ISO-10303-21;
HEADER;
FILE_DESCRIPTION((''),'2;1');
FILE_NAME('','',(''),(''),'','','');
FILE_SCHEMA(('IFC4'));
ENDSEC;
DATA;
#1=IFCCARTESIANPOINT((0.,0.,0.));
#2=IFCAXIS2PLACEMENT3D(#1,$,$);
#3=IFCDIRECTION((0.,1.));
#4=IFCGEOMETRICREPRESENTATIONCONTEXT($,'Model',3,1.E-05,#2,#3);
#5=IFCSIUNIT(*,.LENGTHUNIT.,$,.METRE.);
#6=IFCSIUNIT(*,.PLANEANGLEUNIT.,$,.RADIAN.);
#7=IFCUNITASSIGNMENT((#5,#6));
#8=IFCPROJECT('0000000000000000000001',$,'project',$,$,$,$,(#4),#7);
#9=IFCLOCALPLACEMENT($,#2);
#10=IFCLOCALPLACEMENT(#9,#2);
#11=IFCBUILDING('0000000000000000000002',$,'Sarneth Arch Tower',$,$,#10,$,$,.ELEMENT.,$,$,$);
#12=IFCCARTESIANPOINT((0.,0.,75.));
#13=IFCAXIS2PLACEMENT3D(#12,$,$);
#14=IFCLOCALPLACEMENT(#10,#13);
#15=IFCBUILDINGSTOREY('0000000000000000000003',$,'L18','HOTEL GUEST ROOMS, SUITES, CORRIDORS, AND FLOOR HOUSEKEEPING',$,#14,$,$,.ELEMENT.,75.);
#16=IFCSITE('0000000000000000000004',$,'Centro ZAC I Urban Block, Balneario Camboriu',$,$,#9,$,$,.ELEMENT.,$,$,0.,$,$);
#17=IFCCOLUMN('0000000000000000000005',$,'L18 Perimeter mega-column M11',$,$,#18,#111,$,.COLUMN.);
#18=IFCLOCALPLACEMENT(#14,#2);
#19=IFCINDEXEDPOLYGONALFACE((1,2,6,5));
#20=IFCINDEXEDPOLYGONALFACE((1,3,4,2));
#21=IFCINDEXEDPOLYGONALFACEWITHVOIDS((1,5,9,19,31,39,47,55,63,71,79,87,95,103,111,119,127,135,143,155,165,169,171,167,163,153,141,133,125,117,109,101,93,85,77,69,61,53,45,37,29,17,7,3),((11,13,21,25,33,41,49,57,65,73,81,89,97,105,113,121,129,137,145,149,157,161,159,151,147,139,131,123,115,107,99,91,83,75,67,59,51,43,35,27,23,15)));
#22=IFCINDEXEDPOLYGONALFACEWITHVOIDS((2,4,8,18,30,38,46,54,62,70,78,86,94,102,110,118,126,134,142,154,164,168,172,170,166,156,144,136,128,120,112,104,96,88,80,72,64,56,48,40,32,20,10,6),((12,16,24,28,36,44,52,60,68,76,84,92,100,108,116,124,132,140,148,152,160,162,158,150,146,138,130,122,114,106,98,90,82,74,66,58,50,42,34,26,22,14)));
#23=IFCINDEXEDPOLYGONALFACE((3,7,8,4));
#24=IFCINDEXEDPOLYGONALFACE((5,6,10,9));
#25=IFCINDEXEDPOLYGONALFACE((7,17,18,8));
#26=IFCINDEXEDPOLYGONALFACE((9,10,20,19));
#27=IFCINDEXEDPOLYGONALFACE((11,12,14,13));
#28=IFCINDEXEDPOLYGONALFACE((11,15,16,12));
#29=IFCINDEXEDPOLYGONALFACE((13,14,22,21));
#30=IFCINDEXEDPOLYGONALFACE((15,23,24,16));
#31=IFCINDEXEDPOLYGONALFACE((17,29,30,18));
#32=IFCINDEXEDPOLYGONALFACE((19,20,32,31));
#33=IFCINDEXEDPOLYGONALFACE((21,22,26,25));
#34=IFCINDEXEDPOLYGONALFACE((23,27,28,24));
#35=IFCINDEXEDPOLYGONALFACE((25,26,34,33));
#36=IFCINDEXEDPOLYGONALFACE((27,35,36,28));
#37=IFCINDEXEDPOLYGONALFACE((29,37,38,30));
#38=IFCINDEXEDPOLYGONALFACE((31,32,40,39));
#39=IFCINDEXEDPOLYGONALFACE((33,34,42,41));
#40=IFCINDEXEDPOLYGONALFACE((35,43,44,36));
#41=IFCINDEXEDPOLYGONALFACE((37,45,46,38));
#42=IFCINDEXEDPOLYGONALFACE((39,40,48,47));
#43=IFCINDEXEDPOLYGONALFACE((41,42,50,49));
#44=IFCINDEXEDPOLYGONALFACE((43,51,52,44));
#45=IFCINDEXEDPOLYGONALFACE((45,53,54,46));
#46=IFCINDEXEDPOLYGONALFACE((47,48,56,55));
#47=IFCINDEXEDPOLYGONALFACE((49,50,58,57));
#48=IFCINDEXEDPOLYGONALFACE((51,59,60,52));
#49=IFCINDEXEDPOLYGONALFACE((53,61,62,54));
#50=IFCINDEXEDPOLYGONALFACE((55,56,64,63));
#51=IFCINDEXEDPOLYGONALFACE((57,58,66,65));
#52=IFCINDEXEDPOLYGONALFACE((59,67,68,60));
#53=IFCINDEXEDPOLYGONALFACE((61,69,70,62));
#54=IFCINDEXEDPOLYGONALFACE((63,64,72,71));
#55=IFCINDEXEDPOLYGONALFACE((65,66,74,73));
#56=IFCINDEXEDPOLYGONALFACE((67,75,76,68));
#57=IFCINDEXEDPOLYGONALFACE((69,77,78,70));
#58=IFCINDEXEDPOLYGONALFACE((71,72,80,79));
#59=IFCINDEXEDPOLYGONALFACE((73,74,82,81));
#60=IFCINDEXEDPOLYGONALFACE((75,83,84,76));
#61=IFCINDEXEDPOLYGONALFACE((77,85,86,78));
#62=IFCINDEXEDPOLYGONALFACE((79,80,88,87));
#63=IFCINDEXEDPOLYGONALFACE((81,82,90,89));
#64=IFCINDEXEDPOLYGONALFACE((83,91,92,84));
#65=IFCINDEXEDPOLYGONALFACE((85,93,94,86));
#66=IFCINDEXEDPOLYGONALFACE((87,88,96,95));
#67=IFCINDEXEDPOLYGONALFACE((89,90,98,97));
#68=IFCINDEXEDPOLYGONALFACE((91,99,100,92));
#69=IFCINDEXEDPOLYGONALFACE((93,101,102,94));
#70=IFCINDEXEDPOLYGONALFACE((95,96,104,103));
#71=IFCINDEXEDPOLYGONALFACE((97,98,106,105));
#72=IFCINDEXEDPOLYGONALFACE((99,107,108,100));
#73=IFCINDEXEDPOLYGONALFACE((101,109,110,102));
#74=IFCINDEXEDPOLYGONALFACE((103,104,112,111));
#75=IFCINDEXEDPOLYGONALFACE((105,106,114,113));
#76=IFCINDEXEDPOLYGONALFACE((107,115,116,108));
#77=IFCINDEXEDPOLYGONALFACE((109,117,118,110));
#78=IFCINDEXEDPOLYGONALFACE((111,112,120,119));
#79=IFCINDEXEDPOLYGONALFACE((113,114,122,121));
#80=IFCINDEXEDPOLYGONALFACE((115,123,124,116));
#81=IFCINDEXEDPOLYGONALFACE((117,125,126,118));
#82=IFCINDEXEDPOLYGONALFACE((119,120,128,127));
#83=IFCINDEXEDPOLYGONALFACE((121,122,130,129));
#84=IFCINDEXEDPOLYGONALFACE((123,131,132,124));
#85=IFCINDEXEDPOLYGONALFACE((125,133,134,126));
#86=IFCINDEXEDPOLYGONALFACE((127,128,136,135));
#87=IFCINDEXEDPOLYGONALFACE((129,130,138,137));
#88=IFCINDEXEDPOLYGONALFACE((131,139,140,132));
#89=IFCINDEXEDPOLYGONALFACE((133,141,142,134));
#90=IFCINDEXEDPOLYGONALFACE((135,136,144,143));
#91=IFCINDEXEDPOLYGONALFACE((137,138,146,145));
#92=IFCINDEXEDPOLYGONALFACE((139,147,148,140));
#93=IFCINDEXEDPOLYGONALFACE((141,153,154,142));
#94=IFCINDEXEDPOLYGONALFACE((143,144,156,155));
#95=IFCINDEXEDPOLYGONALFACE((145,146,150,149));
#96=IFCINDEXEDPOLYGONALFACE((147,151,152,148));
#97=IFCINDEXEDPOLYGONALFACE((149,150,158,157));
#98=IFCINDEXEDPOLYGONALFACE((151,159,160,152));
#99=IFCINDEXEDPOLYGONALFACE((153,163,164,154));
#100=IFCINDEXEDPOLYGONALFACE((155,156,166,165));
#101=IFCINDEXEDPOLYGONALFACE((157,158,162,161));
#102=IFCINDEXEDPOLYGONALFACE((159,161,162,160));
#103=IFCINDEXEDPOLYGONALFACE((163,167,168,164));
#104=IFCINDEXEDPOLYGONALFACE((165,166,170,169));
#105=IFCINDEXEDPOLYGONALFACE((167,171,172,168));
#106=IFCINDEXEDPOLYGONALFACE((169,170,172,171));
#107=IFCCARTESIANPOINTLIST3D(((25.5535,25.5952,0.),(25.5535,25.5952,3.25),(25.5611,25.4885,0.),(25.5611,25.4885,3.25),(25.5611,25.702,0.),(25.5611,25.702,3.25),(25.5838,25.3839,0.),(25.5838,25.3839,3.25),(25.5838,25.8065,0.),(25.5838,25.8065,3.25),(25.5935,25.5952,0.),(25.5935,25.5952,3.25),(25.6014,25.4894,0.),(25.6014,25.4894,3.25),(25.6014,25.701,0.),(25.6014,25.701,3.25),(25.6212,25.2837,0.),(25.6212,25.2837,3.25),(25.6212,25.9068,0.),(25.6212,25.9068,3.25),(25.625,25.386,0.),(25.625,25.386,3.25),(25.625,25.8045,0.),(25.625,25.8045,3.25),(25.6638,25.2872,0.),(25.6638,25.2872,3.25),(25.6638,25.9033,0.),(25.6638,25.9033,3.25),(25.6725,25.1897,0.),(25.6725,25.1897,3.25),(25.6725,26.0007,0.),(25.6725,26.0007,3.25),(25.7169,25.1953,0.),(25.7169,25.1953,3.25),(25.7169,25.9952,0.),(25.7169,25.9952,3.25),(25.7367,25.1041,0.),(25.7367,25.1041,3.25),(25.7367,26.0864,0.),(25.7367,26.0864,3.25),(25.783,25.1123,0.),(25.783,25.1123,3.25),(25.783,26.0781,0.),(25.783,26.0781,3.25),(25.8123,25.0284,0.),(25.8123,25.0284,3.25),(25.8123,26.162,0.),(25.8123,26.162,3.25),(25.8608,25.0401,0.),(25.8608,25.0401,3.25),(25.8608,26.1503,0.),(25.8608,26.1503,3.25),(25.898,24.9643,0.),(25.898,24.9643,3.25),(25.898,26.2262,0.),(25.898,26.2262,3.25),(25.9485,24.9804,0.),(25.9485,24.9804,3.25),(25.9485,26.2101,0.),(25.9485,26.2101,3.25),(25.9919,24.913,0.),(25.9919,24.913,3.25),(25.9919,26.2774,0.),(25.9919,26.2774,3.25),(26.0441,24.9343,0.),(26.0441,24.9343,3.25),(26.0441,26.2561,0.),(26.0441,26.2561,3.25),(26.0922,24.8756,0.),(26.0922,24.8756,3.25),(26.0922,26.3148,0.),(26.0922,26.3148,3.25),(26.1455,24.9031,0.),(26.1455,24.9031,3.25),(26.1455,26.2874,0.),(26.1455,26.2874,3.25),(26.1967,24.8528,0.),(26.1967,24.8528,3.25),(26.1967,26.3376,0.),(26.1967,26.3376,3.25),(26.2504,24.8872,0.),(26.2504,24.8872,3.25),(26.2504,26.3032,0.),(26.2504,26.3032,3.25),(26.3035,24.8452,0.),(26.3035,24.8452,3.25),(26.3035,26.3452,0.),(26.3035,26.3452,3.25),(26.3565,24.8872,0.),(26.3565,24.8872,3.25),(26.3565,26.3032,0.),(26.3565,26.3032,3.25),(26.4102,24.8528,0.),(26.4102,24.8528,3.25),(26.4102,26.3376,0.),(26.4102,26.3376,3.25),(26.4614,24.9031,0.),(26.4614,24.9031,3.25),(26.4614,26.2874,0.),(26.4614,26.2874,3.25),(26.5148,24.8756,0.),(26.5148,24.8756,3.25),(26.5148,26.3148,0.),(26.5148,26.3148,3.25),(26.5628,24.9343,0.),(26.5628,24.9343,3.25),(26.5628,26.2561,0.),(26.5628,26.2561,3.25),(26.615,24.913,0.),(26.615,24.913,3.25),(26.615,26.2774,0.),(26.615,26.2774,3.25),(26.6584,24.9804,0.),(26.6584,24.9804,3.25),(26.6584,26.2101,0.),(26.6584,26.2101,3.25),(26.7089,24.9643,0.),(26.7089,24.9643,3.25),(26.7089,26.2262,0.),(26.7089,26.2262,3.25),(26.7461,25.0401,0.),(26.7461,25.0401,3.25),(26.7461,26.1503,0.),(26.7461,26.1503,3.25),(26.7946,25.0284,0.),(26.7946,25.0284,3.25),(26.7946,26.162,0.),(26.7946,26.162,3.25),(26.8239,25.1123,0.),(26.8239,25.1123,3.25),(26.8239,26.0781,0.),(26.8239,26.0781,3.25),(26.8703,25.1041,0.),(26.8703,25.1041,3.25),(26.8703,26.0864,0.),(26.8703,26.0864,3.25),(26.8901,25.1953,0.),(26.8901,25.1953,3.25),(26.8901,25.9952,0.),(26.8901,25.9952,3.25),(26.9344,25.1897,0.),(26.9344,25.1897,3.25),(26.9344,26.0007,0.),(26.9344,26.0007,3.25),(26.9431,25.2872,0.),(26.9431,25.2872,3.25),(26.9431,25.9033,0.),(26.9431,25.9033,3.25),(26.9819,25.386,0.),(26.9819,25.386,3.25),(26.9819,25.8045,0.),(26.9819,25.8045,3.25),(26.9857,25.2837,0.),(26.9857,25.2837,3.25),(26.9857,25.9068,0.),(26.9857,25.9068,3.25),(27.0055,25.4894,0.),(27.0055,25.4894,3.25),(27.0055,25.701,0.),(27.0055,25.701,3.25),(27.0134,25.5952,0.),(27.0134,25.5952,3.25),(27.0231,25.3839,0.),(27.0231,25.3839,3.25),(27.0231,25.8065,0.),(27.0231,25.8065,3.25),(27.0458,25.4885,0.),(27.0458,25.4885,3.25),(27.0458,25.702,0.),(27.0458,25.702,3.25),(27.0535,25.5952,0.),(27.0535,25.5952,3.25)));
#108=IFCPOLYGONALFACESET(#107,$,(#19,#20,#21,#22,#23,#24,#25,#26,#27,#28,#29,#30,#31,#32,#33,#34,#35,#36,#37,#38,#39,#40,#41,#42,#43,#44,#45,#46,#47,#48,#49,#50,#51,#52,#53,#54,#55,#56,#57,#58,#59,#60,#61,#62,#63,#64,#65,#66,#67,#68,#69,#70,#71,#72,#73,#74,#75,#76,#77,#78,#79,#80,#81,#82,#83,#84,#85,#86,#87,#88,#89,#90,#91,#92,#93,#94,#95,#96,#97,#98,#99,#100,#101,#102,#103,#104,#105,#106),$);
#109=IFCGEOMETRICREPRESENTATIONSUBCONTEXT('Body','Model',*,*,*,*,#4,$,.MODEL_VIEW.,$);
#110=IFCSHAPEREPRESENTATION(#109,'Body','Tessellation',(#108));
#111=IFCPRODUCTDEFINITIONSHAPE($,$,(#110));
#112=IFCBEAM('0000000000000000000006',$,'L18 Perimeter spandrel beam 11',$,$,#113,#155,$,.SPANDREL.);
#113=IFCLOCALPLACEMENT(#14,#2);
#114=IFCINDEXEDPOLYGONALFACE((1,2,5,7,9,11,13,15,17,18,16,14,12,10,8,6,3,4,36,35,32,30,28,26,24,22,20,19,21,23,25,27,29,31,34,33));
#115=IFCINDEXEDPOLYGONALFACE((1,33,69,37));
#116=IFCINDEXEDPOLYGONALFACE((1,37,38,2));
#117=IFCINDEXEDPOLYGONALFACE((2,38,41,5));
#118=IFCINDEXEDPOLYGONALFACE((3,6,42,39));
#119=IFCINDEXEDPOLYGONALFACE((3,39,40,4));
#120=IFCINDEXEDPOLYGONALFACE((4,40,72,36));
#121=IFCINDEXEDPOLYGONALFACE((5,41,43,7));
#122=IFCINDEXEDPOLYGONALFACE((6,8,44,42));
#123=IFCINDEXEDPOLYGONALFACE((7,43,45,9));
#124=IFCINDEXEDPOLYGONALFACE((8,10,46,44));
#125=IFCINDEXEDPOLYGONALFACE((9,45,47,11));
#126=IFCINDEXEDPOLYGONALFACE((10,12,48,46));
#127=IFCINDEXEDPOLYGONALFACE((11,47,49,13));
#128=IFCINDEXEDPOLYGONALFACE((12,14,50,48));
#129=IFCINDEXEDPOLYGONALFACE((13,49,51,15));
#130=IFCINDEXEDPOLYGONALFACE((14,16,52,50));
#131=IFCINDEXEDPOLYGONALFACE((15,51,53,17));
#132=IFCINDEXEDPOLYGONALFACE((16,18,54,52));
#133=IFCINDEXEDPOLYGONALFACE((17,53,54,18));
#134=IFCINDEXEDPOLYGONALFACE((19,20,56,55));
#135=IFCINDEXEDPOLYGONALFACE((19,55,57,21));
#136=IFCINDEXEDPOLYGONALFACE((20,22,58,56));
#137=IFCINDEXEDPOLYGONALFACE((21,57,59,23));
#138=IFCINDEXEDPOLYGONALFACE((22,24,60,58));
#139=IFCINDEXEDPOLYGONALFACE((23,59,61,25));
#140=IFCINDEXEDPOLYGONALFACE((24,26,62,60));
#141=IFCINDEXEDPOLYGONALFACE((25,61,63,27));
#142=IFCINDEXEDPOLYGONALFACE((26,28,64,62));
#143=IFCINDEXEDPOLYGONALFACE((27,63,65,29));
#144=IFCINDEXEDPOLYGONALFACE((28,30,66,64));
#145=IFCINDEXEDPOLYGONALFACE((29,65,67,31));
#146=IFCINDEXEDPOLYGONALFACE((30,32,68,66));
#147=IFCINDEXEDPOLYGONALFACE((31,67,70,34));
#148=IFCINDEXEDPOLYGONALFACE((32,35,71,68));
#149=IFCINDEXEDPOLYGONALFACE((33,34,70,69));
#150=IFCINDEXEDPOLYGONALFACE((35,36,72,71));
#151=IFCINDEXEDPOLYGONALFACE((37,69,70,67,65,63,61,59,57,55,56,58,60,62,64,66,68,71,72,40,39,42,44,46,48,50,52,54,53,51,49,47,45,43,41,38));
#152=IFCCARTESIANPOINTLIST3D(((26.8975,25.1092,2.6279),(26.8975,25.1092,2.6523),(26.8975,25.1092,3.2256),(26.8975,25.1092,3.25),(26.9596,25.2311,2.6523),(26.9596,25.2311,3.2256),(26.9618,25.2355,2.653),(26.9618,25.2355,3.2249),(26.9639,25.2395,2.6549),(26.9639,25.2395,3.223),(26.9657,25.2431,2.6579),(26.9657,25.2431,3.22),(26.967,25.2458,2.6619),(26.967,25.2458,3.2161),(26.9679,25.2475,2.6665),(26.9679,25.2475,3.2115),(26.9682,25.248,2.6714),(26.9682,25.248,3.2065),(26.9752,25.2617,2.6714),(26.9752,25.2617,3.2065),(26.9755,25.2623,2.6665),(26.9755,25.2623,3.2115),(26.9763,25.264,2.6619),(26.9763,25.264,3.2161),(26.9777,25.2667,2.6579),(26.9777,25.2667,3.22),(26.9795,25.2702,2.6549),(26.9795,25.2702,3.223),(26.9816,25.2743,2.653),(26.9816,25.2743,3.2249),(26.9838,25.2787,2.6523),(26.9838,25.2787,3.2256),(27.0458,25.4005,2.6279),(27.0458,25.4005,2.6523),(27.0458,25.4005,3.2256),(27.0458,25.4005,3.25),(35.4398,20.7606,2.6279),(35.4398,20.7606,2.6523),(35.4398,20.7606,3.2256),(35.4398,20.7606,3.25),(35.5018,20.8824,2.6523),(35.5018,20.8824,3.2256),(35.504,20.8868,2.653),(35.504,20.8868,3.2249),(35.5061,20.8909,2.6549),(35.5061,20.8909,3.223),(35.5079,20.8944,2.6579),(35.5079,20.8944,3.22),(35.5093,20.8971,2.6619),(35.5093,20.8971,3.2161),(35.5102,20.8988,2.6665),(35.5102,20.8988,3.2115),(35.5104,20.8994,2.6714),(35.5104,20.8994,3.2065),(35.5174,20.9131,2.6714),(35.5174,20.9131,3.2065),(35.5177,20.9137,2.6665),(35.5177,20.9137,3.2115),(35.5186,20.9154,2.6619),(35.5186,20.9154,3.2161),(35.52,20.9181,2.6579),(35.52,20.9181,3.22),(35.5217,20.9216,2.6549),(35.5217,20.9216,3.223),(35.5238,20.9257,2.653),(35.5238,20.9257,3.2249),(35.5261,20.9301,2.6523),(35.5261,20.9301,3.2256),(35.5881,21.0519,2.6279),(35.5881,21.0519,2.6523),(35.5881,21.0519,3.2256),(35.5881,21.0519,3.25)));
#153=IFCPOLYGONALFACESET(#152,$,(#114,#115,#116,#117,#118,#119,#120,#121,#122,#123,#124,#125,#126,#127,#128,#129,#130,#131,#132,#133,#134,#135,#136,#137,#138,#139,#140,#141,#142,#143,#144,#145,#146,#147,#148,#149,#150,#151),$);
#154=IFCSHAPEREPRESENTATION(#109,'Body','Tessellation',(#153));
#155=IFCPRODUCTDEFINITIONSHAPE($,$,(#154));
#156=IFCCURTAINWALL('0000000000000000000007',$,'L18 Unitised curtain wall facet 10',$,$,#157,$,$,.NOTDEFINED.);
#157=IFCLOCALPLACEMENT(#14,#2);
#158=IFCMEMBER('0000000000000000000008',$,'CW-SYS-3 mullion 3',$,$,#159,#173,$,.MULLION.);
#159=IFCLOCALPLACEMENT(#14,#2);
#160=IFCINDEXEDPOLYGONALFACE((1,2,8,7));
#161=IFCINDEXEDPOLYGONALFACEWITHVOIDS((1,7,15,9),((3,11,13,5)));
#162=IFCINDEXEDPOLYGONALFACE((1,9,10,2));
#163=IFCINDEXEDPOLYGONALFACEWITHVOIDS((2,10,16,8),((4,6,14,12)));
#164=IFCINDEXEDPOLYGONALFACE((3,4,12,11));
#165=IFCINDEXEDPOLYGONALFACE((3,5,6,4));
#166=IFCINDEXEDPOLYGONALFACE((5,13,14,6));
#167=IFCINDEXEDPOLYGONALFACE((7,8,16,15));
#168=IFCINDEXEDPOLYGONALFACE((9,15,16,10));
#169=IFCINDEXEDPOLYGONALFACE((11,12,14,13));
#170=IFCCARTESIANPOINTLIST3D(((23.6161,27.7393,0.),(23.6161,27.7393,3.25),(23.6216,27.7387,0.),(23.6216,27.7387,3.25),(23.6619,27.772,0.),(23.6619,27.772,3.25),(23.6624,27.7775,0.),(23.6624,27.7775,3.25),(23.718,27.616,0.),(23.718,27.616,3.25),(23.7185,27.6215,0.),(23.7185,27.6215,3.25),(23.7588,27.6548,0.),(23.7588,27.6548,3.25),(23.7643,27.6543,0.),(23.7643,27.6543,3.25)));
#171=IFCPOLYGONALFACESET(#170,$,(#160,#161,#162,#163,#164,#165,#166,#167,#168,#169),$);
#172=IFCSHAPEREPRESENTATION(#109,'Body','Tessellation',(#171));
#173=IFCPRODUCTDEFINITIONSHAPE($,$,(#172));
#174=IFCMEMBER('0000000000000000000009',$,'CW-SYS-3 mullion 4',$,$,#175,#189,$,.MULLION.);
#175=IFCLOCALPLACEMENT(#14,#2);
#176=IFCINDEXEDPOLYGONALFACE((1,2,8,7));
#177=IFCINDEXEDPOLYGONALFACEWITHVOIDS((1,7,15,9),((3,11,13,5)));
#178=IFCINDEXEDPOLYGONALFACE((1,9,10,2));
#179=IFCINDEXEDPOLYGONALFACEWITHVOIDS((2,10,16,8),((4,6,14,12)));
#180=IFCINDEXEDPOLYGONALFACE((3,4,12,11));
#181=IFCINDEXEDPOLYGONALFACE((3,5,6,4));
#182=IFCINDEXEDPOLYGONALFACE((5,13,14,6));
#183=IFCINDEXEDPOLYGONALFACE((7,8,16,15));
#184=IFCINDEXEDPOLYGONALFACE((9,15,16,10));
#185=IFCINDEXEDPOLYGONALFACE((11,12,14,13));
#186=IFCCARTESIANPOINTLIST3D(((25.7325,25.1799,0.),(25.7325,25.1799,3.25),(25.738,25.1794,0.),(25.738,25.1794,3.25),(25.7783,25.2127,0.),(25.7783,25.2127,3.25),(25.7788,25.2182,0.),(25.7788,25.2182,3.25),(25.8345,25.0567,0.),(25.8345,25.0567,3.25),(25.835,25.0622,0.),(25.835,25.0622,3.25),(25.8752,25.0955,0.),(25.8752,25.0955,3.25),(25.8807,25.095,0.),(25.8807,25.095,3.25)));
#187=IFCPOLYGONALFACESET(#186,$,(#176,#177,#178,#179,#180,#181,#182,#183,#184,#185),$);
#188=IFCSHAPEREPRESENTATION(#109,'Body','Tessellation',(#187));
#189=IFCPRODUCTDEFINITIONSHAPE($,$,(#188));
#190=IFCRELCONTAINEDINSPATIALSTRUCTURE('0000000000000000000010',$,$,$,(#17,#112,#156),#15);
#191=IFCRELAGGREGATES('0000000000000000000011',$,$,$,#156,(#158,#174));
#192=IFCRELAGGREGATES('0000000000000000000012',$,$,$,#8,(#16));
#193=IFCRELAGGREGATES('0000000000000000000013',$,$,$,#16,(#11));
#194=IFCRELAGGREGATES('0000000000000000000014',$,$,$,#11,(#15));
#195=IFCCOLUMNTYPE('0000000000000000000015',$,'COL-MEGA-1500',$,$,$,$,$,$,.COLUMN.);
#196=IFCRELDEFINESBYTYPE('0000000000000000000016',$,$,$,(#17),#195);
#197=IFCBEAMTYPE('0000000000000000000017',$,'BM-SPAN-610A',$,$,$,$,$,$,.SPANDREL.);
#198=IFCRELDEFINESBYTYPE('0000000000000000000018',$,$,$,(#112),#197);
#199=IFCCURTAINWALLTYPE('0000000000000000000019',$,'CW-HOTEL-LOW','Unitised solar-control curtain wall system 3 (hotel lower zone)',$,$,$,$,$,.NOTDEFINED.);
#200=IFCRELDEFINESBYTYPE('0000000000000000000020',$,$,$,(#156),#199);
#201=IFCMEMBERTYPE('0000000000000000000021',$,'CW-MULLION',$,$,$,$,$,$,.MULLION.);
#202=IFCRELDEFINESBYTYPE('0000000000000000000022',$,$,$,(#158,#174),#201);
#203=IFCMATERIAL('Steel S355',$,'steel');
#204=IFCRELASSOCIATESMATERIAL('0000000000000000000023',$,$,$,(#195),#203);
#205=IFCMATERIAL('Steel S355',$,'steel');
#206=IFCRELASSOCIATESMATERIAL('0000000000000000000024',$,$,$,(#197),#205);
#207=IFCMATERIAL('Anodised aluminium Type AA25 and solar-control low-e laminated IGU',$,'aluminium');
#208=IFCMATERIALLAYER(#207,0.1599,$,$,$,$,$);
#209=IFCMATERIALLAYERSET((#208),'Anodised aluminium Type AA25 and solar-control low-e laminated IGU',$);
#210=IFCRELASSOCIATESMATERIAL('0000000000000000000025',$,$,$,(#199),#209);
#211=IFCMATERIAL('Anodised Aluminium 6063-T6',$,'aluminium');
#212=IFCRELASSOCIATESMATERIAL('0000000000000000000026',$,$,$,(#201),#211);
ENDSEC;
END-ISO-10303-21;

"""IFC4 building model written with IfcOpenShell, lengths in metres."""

from ifc_helpers import new_model, si_unit, direction, frame, origin, origin_2d, place, context, subcontext, project, spatial, hollow_rectangle, hollow_circle, i_section, extrude, material, layer, layer_set, material_profile, profile_set, type_object, element, aggregate, save


model = new_model("IFC4")

# Units and contexts
model_context = context("Model", 3, precision=1e-05, world=origin(), true_north=direction((0.0, 1.0)))
body_context = subcontext(model_context, "Body", "Model", "MODEL_VIEW")
ifc_project = project(units=[si_unit("LENGTHUNIT", "METRE"), si_unit("PLANEANGLEUNIT", "RADIAN")], contexts=[model_context])

# Site, building, storey
site_placement = place(None, origin())
site = spatial("IfcSite", under=ifc_project, at=site_placement, Name="Centro ZAC I Urban Block, Balneario Camboriu", CompositionType="ELEMENT", RefElevation=0.0)
building_placement = place(site_placement, origin())
building = spatial("IfcBuilding", under=site, at=building_placement, Name="Sarneth Arch Tower", CompositionType="ELEMENT")
storey_placement = place(building_placement, frame((0.0, 0.0, 75.0)))
storey = spatial("IfcBuildingStorey", under=building, at=storey_placement, Name="L18", Description="HOTEL GUEST ROOMS, SUITES, CORRIDORS, AND FLOOR HOUSEKEEPING", CompositionType="ELEMENT", Elevation=75.0)

# Column
ifc_material_1 = material(Name="Steel S355", Category="steel")
ifc_material_profile_1 = material_profile(ifc_material_1, hollow_circle(Radius=0.75, WallThickness=0.04, at=origin_2d()), Name="CHS1500x40")
ifc_profile_set_1 = profile_set([ifc_material_profile_1], Name="Steel S355")
column_type = type_object("IfcColumnType", Name="COL-MEGA-1500", PredefinedType="COLUMN", material=ifc_profile_set_1)
column_placement = place(storey_placement, frame((26.3035, 25.5952, 0.0), z_axis=(0.0, 0.0, 1.0), x_axis=(1.0, 0.0, 0.0)))
element("IfcColumn", 1, at=column_placement, inside=storey, type_object=column_type, Name="L18 Perimeter mega-column M11", PredefinedType="COLUMN", context=body_context, shape_type="SweptSolid", body=[
    extrude(hollow_circle(Radius=0.75, WallThickness=0.04, at=origin_2d()), origin(), (0.0, 0.0, 1.0), 3.25),
])

# Beam
ifc_material_2 = material(Name="Steel S355", Category="steel")
ifc_material_profile_2 = material_profile(ifc_material_2, i_section(OverallWidth=0.3269, OverallDepth=0.6221, WebThickness=0.0154, FlangeThickness=0.0244, FilletRadius=0.019, at=origin_2d()), Name="W610x195")
ifc_profile_set_2 = profile_set([ifc_material_profile_2], Name="Steel S355")
beam_type = type_object("IfcBeamType", Name="BM-SPAN-610A", PredefinedType="SPANDREL", material=ifc_profile_set_2)
beam_placement = place(storey_placement, frame((26.9717, 25.2549, 2.939), z_axis=(0.891169, -0.453671, 0.0), x_axis=(0.453671, 0.891169, 0.0)))
element("IfcBeam", 2, at=beam_placement, inside=storey, type_object=beam_type, Name="L18 Perimeter spandrel beam 11", PredefinedType="SPANDREL", context=body_context, shape_type="SweptSolid", body=[
    extrude(i_section(OverallWidth=0.3269, OverallDepth=0.6221, WebThickness=0.0154, FlangeThickness=0.0244, FilletRadius=0.019, at=origin_2d()), origin(), (0.0, 0.0, 1.0), 9.5854),
])

# Curtain wall, members
ifc_material_3 = material(Name="Anodised aluminium Type AA25 and solar-control low-e laminated IGU", Category="aluminium")
ifc_layer_1 = layer(ifc_material_3, 0.1599)
ifc_layer_set_1 = layer_set([ifc_layer_1], Name="Anodised aluminium Type AA25 and solar-control low-e laminated IGU")
curtain_wall_type = type_object("IfcCurtainWallType", Name="CW-HOTEL-LOW", Description="Unitised solar-control curtain wall system 3 (hotel lower zone)", PredefinedType="NOTDEFINED", material=ifc_layer_set_1)
curtain_wall_placement = place(storey_placement, origin())
curtain_wall = element("IfcCurtainWall", 3, at=curtain_wall_placement, inside=storey, type_object=curtain_wall_type, Name="L18 Unitised curtain wall facet 10", PredefinedType="NOTDEFINED")
ifc_material_4 = material(Name="Anodised Aluminium 6063-T6", Category="aluminium")
ifc_material_profile_3 = material_profile(ifc_material_4, hollow_rectangle(XDim=0.0601, YDim=0.1599, WallThickness=0.0039, at=origin_2d()), Name="AL-MULL-160x60x4")
ifc_profile_set_3 = profile_set([ifc_material_profile_3], Name="Anodised Aluminium 6063-T6")
member_type_1 = type_object("IfcMemberType", Name="CW-MULLION", PredefinedType="MULLION", material=ifc_profile_set_3)
member_1_placement = place(storey_placement, frame((23.6902, 27.6968, 0.0), z_axis=(0.0, 0.0, 1.0), x_axis=(0.770623, 0.637291, 0.0)))
member_1 = element("IfcMember", 4, at=member_1_placement, type_object=member_type_1, Name="CW-SYS-3 mullion 3", PredefinedType="MULLION", context=body_context, shape_type="SweptSolid", body=[
    extrude(hollow_rectangle(XDim=0.0601, YDim=0.1599, WallThickness=0.0039, at=origin_2d()), origin(), (0.0, 0.0, 1.0), 3.25),
])
member_2_placement = place(storey_placement, frame((25.8066, 25.1375, 0.0), z_axis=(0.0, 0.0, 1.0), x_axis=(0.770623, 0.637291, 0.0)))
member_2 = element("IfcMember", 5, at=member_2_placement, type_object=member_type_1, Name="CW-SYS-3 mullion 4", PredefinedType="MULLION", context=body_context, shape_type="SweptSolid", body=[
    extrude(hollow_rectangle(XDim=0.0601, YDim=0.1599, WallThickness=0.0039, at=origin_2d()), origin(), (0.0, 0.0, 1.0), 3.25),
])
aggregate(curtain_wall, [member_1, member_2])

save(model, "model.ifc")
